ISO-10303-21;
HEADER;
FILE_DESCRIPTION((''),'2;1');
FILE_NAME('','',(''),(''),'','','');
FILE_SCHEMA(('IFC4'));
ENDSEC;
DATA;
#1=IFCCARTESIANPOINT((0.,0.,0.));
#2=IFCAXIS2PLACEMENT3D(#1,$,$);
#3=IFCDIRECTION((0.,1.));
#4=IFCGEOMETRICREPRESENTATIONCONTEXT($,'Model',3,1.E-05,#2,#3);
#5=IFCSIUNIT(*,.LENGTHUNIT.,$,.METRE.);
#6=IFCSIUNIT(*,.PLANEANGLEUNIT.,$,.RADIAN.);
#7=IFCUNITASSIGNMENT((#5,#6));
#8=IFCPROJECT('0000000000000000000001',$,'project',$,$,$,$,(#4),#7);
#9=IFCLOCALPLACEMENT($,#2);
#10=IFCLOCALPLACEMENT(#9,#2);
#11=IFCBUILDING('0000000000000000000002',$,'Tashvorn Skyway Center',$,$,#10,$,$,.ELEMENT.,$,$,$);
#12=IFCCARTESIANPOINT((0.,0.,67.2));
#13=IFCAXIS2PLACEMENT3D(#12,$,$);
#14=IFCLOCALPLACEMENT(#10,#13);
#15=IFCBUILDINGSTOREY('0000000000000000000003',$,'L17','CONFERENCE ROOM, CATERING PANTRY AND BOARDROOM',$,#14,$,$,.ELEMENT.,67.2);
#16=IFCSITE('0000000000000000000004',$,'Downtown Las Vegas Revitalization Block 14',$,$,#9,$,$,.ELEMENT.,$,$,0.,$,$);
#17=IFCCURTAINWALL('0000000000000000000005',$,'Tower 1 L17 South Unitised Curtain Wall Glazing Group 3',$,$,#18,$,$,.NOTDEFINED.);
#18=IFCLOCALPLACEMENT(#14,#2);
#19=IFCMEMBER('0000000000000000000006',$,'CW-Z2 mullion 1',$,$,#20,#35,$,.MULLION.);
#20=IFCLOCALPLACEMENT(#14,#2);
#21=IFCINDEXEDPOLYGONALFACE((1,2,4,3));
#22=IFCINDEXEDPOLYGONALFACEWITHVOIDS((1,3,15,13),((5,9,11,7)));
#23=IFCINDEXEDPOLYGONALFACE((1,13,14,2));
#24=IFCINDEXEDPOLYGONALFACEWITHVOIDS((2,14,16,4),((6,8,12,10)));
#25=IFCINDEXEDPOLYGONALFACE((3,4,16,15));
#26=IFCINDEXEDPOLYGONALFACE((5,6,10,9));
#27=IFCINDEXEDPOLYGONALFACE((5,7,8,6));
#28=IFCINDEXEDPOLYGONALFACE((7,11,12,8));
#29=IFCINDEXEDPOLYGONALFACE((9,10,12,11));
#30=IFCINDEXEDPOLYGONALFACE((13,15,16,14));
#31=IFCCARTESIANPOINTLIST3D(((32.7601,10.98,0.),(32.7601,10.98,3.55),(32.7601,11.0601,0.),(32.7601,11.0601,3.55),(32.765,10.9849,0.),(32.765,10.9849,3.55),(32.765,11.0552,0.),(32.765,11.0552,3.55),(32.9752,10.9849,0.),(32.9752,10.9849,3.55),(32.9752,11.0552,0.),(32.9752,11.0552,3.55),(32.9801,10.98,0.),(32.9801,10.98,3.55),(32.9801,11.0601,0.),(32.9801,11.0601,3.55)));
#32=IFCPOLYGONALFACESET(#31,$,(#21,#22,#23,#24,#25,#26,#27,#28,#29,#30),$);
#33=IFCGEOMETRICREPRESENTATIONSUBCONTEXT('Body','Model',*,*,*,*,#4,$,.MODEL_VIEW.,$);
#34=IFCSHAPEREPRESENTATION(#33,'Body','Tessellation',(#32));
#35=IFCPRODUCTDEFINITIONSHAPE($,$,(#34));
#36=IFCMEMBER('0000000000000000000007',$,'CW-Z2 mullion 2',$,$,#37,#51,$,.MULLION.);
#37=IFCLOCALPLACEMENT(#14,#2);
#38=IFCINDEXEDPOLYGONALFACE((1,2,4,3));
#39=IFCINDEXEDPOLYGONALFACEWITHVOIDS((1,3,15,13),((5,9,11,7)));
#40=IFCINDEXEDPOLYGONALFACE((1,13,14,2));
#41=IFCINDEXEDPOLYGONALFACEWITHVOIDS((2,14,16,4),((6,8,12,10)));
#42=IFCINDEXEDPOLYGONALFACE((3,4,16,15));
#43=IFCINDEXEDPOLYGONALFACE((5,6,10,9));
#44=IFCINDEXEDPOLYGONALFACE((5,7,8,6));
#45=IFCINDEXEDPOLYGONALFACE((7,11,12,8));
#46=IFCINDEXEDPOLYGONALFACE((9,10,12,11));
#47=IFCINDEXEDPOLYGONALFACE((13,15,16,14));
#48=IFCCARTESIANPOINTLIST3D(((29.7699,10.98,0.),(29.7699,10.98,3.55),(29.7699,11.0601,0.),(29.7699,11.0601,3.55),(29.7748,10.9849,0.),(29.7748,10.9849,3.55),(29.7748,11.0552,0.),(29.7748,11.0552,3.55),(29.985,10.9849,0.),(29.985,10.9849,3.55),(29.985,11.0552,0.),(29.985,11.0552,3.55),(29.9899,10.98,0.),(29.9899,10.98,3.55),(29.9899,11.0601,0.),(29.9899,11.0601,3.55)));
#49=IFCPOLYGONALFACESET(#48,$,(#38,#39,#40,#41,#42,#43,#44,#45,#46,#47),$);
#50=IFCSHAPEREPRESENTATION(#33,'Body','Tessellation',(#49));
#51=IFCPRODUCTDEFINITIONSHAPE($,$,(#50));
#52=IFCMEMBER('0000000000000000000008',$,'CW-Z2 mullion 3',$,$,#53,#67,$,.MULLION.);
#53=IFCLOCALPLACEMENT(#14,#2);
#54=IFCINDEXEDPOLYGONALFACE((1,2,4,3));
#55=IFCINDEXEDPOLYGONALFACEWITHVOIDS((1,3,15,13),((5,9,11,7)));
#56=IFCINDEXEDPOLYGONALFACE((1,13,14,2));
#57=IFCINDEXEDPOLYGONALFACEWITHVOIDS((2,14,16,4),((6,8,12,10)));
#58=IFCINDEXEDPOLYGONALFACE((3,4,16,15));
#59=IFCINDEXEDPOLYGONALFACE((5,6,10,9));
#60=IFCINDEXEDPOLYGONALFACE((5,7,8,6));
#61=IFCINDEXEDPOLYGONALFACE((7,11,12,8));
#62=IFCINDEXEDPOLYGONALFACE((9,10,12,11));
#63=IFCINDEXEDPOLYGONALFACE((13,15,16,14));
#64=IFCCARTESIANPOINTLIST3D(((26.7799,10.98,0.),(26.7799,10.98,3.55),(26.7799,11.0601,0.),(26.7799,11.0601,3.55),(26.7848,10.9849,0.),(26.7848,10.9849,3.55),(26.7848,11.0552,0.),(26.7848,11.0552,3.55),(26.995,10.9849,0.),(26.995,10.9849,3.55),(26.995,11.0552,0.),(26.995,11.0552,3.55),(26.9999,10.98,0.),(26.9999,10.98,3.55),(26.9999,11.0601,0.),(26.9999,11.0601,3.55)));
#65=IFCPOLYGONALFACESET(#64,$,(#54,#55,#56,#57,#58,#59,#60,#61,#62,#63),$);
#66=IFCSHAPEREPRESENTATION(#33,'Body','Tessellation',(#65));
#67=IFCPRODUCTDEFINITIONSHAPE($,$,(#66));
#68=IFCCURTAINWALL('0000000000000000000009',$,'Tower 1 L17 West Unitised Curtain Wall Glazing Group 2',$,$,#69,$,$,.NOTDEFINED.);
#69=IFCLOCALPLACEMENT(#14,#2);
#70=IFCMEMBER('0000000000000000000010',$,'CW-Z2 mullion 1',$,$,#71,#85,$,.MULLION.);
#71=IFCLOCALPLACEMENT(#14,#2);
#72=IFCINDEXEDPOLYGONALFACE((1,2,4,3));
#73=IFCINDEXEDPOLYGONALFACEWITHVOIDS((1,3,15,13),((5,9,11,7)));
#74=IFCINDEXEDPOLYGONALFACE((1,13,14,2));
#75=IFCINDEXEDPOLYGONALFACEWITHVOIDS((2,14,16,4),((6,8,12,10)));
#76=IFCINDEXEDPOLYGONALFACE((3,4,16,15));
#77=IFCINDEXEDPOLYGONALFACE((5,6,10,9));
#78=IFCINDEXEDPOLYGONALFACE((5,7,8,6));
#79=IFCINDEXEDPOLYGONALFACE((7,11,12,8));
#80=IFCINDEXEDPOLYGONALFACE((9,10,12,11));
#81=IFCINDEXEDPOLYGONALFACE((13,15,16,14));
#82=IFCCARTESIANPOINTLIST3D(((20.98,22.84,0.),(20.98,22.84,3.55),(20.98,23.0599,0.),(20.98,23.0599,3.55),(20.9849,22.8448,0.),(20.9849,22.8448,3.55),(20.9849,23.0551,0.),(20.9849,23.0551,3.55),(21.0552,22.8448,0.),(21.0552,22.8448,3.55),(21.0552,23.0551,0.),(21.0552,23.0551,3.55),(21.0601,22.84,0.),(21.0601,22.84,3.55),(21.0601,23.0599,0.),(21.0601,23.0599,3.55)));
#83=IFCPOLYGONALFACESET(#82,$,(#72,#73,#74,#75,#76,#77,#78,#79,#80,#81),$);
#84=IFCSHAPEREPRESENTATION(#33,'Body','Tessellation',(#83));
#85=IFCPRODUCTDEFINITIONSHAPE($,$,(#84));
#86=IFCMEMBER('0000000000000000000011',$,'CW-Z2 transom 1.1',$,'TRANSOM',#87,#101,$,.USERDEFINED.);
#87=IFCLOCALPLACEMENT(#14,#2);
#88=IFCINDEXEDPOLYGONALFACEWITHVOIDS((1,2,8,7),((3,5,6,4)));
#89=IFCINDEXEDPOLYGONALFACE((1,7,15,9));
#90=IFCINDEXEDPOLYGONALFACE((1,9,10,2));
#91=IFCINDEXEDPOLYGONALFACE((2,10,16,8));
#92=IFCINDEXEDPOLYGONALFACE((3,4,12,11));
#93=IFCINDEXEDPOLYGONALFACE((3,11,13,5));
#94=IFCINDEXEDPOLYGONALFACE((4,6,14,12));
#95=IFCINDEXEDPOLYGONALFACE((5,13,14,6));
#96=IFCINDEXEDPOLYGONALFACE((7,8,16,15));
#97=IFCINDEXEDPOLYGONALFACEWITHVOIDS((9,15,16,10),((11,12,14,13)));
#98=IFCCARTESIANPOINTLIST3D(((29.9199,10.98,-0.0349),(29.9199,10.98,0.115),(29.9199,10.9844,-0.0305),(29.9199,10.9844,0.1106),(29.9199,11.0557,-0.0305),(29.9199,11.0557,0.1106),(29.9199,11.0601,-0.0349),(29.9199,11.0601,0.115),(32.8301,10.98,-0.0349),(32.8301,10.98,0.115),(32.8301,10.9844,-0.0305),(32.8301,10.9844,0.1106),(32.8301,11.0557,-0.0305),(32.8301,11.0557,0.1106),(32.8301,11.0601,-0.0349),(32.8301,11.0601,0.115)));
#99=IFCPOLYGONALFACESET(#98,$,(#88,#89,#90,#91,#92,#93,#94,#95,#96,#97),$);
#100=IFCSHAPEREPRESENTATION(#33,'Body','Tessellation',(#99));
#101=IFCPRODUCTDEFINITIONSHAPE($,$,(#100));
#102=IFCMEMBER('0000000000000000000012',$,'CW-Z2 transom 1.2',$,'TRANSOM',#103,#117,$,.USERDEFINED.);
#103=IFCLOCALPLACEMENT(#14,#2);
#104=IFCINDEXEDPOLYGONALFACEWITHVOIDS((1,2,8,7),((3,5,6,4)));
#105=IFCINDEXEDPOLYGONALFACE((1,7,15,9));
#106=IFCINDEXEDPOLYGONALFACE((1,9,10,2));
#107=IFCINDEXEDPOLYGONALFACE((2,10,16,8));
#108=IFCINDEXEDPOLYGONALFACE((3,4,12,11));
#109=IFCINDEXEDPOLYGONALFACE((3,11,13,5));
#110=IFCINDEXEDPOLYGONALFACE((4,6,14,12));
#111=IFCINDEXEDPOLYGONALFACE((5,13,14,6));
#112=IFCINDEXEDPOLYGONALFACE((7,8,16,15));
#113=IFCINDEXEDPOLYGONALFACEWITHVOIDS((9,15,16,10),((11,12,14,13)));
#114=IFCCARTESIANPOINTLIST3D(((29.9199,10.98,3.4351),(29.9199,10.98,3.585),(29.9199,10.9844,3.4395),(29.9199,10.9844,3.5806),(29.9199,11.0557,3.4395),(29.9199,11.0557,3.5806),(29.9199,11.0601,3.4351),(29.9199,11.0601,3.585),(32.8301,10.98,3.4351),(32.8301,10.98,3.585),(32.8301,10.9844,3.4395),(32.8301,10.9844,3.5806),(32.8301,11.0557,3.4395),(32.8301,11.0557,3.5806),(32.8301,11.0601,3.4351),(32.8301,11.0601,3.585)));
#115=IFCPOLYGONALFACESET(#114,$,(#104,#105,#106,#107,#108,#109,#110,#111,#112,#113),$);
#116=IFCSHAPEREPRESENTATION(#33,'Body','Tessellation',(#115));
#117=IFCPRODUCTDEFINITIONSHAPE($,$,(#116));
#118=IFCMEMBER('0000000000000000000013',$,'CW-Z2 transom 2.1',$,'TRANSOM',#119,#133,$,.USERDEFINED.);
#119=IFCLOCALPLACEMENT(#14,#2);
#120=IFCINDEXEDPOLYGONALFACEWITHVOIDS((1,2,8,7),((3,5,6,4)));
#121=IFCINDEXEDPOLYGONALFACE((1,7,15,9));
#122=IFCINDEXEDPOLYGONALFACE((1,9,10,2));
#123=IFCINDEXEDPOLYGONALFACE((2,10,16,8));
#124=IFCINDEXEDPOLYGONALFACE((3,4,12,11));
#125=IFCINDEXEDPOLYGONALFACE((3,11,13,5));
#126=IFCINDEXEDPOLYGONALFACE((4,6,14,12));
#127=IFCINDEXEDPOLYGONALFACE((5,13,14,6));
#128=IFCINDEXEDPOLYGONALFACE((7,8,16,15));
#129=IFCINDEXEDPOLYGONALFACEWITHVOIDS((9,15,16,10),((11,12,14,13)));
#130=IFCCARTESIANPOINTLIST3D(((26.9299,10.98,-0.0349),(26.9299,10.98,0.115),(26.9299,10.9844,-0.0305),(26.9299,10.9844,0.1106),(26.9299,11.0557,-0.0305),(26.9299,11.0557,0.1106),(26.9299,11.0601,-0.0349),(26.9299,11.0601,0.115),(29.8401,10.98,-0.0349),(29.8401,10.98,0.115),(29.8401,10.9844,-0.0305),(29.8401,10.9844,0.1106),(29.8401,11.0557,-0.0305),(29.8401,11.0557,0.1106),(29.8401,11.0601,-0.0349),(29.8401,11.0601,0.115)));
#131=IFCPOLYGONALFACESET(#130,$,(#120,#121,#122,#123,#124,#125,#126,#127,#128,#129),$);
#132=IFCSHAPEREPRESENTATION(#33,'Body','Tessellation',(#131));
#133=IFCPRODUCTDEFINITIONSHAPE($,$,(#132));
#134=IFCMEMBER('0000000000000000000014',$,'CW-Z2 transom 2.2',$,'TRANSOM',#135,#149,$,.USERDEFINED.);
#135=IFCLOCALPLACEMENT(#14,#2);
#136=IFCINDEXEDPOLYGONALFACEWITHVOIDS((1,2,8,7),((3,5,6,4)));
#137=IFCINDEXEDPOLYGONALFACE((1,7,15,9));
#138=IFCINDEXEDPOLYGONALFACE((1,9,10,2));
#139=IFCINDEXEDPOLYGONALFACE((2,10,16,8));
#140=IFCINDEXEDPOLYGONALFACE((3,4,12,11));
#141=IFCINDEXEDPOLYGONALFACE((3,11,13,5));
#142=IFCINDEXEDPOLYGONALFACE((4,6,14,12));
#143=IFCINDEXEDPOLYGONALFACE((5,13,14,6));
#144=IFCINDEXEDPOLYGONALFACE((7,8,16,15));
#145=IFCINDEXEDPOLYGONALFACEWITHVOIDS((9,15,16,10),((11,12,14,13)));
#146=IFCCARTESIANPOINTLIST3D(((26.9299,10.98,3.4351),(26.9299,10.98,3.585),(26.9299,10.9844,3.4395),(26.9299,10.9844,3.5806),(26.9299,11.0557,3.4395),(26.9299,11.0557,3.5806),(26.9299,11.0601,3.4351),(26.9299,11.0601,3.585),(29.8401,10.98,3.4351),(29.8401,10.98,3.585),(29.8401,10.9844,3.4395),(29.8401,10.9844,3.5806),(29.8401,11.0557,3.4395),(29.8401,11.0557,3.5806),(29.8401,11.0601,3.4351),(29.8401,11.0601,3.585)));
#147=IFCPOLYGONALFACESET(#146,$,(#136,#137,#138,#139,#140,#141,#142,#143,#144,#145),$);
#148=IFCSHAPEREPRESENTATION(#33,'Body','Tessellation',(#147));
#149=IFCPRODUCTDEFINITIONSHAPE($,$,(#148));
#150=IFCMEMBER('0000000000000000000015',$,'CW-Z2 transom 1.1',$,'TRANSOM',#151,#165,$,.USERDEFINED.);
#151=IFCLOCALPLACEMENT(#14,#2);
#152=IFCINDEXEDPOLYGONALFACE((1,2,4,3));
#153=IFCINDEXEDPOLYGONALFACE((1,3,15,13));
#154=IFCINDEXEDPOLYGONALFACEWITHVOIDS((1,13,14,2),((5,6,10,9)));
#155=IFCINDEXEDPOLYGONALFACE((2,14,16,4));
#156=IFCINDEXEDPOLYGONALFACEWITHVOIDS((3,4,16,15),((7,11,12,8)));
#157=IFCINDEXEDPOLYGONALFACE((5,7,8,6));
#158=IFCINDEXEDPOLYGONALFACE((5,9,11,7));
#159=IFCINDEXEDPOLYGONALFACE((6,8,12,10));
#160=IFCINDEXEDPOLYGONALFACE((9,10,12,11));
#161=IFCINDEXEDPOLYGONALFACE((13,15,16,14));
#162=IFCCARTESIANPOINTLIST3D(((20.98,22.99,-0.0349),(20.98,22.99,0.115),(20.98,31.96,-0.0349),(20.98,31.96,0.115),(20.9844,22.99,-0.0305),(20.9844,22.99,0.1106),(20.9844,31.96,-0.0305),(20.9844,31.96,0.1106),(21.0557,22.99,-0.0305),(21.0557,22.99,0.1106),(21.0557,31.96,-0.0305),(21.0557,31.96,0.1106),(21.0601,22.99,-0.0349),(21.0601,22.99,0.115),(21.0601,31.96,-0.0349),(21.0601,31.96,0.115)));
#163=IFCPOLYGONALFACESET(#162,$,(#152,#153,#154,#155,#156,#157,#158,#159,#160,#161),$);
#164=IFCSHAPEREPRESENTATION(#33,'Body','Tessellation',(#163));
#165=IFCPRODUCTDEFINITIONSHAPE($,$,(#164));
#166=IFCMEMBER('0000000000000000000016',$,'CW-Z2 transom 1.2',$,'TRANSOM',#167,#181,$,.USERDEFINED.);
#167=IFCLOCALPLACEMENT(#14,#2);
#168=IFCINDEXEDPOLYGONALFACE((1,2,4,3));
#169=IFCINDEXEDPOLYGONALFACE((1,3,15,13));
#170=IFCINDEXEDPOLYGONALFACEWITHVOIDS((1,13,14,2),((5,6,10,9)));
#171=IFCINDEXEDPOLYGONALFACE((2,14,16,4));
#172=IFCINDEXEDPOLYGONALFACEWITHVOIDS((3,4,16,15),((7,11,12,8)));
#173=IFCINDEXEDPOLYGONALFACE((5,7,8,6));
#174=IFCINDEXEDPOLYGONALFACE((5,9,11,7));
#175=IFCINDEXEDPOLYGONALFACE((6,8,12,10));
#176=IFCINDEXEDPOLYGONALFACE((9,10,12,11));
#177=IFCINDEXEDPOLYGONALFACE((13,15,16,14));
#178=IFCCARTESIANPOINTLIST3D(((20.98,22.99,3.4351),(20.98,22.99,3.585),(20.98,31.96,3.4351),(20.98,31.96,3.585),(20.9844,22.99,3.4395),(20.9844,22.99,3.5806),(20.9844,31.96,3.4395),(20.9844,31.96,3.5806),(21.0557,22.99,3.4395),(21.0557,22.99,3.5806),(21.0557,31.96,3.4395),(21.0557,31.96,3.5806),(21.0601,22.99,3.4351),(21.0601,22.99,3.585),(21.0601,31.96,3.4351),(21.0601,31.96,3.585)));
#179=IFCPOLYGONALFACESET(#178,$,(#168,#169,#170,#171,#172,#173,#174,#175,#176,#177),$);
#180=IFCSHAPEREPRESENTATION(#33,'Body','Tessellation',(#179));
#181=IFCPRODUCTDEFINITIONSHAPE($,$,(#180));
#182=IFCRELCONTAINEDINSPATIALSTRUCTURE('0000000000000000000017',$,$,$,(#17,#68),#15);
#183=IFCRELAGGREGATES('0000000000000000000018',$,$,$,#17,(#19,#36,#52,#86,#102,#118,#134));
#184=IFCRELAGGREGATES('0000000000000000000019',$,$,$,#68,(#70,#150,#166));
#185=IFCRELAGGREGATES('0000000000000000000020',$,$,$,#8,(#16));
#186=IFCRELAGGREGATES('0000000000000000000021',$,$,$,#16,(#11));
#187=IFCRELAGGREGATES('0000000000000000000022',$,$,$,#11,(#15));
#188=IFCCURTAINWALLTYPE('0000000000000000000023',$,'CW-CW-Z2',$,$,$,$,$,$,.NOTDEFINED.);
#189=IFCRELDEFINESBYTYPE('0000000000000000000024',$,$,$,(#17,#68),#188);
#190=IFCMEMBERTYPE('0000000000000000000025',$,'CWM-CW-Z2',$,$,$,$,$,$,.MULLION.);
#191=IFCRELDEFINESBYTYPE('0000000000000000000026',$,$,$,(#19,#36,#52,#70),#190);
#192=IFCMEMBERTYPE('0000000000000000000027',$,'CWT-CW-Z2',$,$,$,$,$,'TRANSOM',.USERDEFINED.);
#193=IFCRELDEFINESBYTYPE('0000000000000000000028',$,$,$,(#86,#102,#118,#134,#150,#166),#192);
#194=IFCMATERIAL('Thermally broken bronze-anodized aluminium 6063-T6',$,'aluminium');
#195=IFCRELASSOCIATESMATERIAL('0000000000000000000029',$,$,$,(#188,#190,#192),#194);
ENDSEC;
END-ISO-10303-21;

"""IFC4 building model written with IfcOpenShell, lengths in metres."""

from ifc_helpers import new_model, si_unit, direction, frame, origin, origin_2d, place, context, subcontext, project, spatial, hollow_rectangle, extrude, material, material_profile, profile_set, type_object, element, aggregate, save


model = new_model("IFC4")

# Units and contexts
model_context = context("Model", 3, precision=1e-05, world=origin(), true_north=direction((0.0, 1.0)))
body_context = subcontext(model_context, "Body", "Model", "MODEL_VIEW")
ifc_project = project(units=[si_unit("LENGTHUNIT", "METRE"), si_unit("PLANEANGLEUNIT", "RADIAN")], contexts=[model_context])

# Site, building, storey
site_placement = place(None, origin())
site = spatial("IfcSite", under=ifc_project, at=site_placement, Name="Downtown Las Vegas Revitalization Block 14", CompositionType="ELEMENT", RefElevation=0.0)
building_placement = place(site_placement, origin())
building = spatial("IfcBuilding", under=site, at=building_placement, Name="Tashvorn Skyway Center", CompositionType="ELEMENT")
storey_placement = place(building_placement, frame((0.0, 0.0, 67.2)))
storey = spatial("IfcBuildingStorey", under=building, at=storey_placement, Name="L17", Description="CONFERENCE ROOM, CATERING PANTRY AND BOARDROOM", CompositionType="ELEMENT", Elevation=67.2)

# Shared definitions
ifc_material_1 = material(Name="Thermally broken bronze-anodized aluminium 6063-T6", Category="aluminium")
curtain_wall_type = type_object("IfcCurtainWallType", Name="CW-CW-Z2", PredefinedType="NOTDEFINED", material=ifc_material_1)
ifc_material_profile_1 = material_profile(ifc_material_1, hollow_rectangle(XDim=0.0801, YDim=0.22, WallThickness=0.0049, at=origin_2d()), Name="ALU-MULL-80x220")
ifc_profile_set_1 = profile_set([ifc_material_profile_1], Name="Thermally broken bronze-anodized aluminium 6063-T6")
member_type_1 = type_object("IfcMemberType", Name="CWM-CW-Z2", PredefinedType="MULLION", material=ifc_profile_set_1)

# Curtain wall, members
curtain_wall_1_placement = place(storey_placement, origin())
curtain_wall_1 = element("IfcCurtainWall", 1, at=curtain_wall_1_placement, inside=storey, type_object=curtain_wall_type, Name="Tower 1 L17 South Unitised Curtain Wall Glazing Group 3", PredefinedType="NOTDEFINED")
member_1_placement = place(storey_placement, frame((32.8701, 11.02, 0.0), z_axis=(0.0, 0.0, 1.0), x_axis=(0.0, -1.0, 0.0)))
member_1 = element("IfcMember", 2, at=member_1_placement, type_object=member_type_1, Name="CW-Z2 mullion 1", PredefinedType="MULLION", context=body_context, shape_type="SweptSolid", body=[
    extrude(hollow_rectangle(XDim=0.0801, YDim=0.22, WallThickness=0.0049, at=origin_2d()), origin(), (0.0, 0.0, 1.0), 3.55),
])
member_2_placement = place(storey_placement, frame((29.8799, 11.02, 0.0), z_axis=(0.0, 0.0, 1.0), x_axis=(0.0, -1.0, 0.0)))
member_2 = element("IfcMember", 3, at=member_2_placement, type_object=member_type_1, Name="CW-Z2 mullion 2", PredefinedType="MULLION", context=body_context, shape_type="SweptSolid", body=[
    extrude(hollow_rectangle(XDim=0.0801, YDim=0.22, WallThickness=0.0049, at=origin_2d()), origin(), (0.0, 0.0, 1.0), 3.55),
])
member_3_placement = place(storey_placement, frame((26.8899, 11.02, 0.0), z_axis=(0.0, 0.0, 1.0), x_axis=(0.0, -1.0, 0.0)))
member_3 = element("IfcMember", 4, at=member_3_placement, type_object=member_type_1, Name="CW-Z2 mullion 3", PredefinedType="MULLION", context=body_context, shape_type="SweptSolid", body=[
    extrude(hollow_rectangle(XDim=0.0801, YDim=0.22, WallThickness=0.0049, at=origin_2d()), origin(), (0.0, 0.0, 1.0), 3.55),
])

# Curtain wall, member
curtain_wall_2_placement = place(storey_placement, origin())
curtain_wall_2 = element("IfcCurtainWall", 5, at=curtain_wall_2_placement, inside=storey, type_object=curtain_wall_type, Name="Tower 1 L17 West Unitised Curtain Wall Glazing Group 2", PredefinedType="NOTDEFINED")
member_4_placement = place(storey_placement, frame((21.02, 22.95, 0.0), z_axis=(0.0, 0.0, 1.0), x_axis=(-1.0, 0.0, 0.0)))
member_4 = element("IfcMember", 6, at=member_4_placement, type_object=member_type_1, Name="CW-Z2 mullion 1", PredefinedType="MULLION", context=body_context, shape_type="SweptSolid", body=[
    extrude(hollow_rectangle(XDim=0.0801, YDim=0.22, WallThickness=0.0049, at=origin_2d()), origin(), (0.0, 0.0, 1.0), 3.55),
])

# Members
ifc_material_profile_2 = material_profile(ifc_material_1, hollow_rectangle(XDim=0.0801, YDim=0.1499, WallThickness=0.0044, at=origin_2d()), Name="ALU-TRAN-80x150")
ifc_profile_set_2 = profile_set([ifc_material_profile_2], Name="Thermally broken bronze-anodized aluminium 6063-T6")
member_type_2 = type_object("IfcMemberType", Name="CWT-CW-Z2", ElementType="TRANSOM", PredefinedType="USERDEFINED", material=ifc_profile_set_2)
member_5_placement = place(storey_placement, frame((32.8301, 11.02, 0.04), z_axis=(-1.0, 0.0, 0.0), x_axis=(0.0, -1.0, 0.0)))
member_5 = element("IfcMember", 7, at=member_5_placement, type_object=member_type_2, Name="CW-Z2 transom 1.1", ObjectType="TRANSOM", PredefinedType="USERDEFINED", context=body_context, shape_type="SweptSolid", body=[
    extrude(hollow_rectangle(XDim=0.0801, YDim=0.1499, WallThickness=0.0044, at=origin_2d()), origin(), (0.0, 0.0, 1.0), 2.9102),
])
member_6_placement = place(storey_placement, frame((32.8301, 11.02, 3.51), z_axis=(-1.0, 0.0, 0.0), x_axis=(0.0, -1.0, 0.0)))
member_6 = element("IfcMember", 8, at=member_6_placement, type_object=member_type_2, Name="CW-Z2 transom 1.2", ObjectType="TRANSOM", PredefinedType="USERDEFINED", context=body_context, shape_type="SweptSolid", body=[
    extrude(hollow_rectangle(XDim=0.0801, YDim=0.1499, WallThickness=0.0044, at=origin_2d()), origin(), (0.0, 0.0, 1.0), 2.9102),
])
member_7_placement = place(storey_placement, frame((29.8401, 11.02, 0.04), z_axis=(-1.0, 0.0, 0.0), x_axis=(0.0, -1.0, 0.0)))
member_7 = element("IfcMember", 9, at=member_7_placement, type_object=member_type_2, Name="CW-Z2 transom 2.1", ObjectType="TRANSOM", PredefinedType="USERDEFINED", context=body_context, shape_type="SweptSolid", body=[
    extrude(hollow_rectangle(XDim=0.0801, YDim=0.1499, WallThickness=0.0044, at=origin_2d()), origin(), (0.0, 0.0, 1.0), 2.9102),
])
member_8_placement = place(storey_placement, frame((29.8401, 11.02, 3.51), z_axis=(-1.0, 0.0, 0.0), x_axis=(0.0, -1.0, 0.0)))
member_8 = element("IfcMember", 10, at=member_8_placement, type_object=member_type_2, Name="CW-Z2 transom 2.2", ObjectType="TRANSOM", PredefinedType="USERDEFINED", context=body_context, shape_type="SweptSolid", body=[
    extrude(hollow_rectangle(XDim=0.0801, YDim=0.1499, WallThickness=0.0044, at=origin_2d()), origin(), (0.0, 0.0, 1.0), 2.9102),
])
member_9_placement = place(storey_placement, frame((21.02, 22.99, 0.04), z_axis=(0.0, 1.0, 0.0), x_axis=(-1.0, 0.0, 0.0)))
member_9 = element("IfcMember", 11, at=member_9_placement, type_object=member_type_2, Name="CW-Z2 transom 1.1", ObjectType="TRANSOM", PredefinedType="USERDEFINED", context=body_context, shape_type="SweptSolid", body=[
    extrude(hollow_rectangle(XDim=0.0801, YDim=0.1499, WallThickness=0.0044, at=origin_2d()), origin(), (0.0, 0.0, 1.0), 8.97),
])
member_10_placement = place(storey_placement, frame((21.02, 22.99, 3.51), z_axis=(0.0, 1.0, 0.0), x_axis=(-1.0, 0.0, 0.0)))
member_10 = element("IfcMember", 12, at=member_10_placement, type_object=member_type_2, Name="CW-Z2 transom 1.2", ObjectType="TRANSOM", PredefinedType="USERDEFINED", context=body_context, shape_type="SweptSolid", body=[
    extrude(hollow_rectangle(XDim=0.0801, YDim=0.1499, WallThickness=0.0044, at=origin_2d()), origin(), (0.0, 0.0, 1.0), 8.97),
])

aggregate(curtain_wall_1, [member_1, member_2, member_3, member_5, member_6, member_7, member_8])
aggregate(curtain_wall_2, [member_4, member_9, member_10])

save(model, "model.ifc")
